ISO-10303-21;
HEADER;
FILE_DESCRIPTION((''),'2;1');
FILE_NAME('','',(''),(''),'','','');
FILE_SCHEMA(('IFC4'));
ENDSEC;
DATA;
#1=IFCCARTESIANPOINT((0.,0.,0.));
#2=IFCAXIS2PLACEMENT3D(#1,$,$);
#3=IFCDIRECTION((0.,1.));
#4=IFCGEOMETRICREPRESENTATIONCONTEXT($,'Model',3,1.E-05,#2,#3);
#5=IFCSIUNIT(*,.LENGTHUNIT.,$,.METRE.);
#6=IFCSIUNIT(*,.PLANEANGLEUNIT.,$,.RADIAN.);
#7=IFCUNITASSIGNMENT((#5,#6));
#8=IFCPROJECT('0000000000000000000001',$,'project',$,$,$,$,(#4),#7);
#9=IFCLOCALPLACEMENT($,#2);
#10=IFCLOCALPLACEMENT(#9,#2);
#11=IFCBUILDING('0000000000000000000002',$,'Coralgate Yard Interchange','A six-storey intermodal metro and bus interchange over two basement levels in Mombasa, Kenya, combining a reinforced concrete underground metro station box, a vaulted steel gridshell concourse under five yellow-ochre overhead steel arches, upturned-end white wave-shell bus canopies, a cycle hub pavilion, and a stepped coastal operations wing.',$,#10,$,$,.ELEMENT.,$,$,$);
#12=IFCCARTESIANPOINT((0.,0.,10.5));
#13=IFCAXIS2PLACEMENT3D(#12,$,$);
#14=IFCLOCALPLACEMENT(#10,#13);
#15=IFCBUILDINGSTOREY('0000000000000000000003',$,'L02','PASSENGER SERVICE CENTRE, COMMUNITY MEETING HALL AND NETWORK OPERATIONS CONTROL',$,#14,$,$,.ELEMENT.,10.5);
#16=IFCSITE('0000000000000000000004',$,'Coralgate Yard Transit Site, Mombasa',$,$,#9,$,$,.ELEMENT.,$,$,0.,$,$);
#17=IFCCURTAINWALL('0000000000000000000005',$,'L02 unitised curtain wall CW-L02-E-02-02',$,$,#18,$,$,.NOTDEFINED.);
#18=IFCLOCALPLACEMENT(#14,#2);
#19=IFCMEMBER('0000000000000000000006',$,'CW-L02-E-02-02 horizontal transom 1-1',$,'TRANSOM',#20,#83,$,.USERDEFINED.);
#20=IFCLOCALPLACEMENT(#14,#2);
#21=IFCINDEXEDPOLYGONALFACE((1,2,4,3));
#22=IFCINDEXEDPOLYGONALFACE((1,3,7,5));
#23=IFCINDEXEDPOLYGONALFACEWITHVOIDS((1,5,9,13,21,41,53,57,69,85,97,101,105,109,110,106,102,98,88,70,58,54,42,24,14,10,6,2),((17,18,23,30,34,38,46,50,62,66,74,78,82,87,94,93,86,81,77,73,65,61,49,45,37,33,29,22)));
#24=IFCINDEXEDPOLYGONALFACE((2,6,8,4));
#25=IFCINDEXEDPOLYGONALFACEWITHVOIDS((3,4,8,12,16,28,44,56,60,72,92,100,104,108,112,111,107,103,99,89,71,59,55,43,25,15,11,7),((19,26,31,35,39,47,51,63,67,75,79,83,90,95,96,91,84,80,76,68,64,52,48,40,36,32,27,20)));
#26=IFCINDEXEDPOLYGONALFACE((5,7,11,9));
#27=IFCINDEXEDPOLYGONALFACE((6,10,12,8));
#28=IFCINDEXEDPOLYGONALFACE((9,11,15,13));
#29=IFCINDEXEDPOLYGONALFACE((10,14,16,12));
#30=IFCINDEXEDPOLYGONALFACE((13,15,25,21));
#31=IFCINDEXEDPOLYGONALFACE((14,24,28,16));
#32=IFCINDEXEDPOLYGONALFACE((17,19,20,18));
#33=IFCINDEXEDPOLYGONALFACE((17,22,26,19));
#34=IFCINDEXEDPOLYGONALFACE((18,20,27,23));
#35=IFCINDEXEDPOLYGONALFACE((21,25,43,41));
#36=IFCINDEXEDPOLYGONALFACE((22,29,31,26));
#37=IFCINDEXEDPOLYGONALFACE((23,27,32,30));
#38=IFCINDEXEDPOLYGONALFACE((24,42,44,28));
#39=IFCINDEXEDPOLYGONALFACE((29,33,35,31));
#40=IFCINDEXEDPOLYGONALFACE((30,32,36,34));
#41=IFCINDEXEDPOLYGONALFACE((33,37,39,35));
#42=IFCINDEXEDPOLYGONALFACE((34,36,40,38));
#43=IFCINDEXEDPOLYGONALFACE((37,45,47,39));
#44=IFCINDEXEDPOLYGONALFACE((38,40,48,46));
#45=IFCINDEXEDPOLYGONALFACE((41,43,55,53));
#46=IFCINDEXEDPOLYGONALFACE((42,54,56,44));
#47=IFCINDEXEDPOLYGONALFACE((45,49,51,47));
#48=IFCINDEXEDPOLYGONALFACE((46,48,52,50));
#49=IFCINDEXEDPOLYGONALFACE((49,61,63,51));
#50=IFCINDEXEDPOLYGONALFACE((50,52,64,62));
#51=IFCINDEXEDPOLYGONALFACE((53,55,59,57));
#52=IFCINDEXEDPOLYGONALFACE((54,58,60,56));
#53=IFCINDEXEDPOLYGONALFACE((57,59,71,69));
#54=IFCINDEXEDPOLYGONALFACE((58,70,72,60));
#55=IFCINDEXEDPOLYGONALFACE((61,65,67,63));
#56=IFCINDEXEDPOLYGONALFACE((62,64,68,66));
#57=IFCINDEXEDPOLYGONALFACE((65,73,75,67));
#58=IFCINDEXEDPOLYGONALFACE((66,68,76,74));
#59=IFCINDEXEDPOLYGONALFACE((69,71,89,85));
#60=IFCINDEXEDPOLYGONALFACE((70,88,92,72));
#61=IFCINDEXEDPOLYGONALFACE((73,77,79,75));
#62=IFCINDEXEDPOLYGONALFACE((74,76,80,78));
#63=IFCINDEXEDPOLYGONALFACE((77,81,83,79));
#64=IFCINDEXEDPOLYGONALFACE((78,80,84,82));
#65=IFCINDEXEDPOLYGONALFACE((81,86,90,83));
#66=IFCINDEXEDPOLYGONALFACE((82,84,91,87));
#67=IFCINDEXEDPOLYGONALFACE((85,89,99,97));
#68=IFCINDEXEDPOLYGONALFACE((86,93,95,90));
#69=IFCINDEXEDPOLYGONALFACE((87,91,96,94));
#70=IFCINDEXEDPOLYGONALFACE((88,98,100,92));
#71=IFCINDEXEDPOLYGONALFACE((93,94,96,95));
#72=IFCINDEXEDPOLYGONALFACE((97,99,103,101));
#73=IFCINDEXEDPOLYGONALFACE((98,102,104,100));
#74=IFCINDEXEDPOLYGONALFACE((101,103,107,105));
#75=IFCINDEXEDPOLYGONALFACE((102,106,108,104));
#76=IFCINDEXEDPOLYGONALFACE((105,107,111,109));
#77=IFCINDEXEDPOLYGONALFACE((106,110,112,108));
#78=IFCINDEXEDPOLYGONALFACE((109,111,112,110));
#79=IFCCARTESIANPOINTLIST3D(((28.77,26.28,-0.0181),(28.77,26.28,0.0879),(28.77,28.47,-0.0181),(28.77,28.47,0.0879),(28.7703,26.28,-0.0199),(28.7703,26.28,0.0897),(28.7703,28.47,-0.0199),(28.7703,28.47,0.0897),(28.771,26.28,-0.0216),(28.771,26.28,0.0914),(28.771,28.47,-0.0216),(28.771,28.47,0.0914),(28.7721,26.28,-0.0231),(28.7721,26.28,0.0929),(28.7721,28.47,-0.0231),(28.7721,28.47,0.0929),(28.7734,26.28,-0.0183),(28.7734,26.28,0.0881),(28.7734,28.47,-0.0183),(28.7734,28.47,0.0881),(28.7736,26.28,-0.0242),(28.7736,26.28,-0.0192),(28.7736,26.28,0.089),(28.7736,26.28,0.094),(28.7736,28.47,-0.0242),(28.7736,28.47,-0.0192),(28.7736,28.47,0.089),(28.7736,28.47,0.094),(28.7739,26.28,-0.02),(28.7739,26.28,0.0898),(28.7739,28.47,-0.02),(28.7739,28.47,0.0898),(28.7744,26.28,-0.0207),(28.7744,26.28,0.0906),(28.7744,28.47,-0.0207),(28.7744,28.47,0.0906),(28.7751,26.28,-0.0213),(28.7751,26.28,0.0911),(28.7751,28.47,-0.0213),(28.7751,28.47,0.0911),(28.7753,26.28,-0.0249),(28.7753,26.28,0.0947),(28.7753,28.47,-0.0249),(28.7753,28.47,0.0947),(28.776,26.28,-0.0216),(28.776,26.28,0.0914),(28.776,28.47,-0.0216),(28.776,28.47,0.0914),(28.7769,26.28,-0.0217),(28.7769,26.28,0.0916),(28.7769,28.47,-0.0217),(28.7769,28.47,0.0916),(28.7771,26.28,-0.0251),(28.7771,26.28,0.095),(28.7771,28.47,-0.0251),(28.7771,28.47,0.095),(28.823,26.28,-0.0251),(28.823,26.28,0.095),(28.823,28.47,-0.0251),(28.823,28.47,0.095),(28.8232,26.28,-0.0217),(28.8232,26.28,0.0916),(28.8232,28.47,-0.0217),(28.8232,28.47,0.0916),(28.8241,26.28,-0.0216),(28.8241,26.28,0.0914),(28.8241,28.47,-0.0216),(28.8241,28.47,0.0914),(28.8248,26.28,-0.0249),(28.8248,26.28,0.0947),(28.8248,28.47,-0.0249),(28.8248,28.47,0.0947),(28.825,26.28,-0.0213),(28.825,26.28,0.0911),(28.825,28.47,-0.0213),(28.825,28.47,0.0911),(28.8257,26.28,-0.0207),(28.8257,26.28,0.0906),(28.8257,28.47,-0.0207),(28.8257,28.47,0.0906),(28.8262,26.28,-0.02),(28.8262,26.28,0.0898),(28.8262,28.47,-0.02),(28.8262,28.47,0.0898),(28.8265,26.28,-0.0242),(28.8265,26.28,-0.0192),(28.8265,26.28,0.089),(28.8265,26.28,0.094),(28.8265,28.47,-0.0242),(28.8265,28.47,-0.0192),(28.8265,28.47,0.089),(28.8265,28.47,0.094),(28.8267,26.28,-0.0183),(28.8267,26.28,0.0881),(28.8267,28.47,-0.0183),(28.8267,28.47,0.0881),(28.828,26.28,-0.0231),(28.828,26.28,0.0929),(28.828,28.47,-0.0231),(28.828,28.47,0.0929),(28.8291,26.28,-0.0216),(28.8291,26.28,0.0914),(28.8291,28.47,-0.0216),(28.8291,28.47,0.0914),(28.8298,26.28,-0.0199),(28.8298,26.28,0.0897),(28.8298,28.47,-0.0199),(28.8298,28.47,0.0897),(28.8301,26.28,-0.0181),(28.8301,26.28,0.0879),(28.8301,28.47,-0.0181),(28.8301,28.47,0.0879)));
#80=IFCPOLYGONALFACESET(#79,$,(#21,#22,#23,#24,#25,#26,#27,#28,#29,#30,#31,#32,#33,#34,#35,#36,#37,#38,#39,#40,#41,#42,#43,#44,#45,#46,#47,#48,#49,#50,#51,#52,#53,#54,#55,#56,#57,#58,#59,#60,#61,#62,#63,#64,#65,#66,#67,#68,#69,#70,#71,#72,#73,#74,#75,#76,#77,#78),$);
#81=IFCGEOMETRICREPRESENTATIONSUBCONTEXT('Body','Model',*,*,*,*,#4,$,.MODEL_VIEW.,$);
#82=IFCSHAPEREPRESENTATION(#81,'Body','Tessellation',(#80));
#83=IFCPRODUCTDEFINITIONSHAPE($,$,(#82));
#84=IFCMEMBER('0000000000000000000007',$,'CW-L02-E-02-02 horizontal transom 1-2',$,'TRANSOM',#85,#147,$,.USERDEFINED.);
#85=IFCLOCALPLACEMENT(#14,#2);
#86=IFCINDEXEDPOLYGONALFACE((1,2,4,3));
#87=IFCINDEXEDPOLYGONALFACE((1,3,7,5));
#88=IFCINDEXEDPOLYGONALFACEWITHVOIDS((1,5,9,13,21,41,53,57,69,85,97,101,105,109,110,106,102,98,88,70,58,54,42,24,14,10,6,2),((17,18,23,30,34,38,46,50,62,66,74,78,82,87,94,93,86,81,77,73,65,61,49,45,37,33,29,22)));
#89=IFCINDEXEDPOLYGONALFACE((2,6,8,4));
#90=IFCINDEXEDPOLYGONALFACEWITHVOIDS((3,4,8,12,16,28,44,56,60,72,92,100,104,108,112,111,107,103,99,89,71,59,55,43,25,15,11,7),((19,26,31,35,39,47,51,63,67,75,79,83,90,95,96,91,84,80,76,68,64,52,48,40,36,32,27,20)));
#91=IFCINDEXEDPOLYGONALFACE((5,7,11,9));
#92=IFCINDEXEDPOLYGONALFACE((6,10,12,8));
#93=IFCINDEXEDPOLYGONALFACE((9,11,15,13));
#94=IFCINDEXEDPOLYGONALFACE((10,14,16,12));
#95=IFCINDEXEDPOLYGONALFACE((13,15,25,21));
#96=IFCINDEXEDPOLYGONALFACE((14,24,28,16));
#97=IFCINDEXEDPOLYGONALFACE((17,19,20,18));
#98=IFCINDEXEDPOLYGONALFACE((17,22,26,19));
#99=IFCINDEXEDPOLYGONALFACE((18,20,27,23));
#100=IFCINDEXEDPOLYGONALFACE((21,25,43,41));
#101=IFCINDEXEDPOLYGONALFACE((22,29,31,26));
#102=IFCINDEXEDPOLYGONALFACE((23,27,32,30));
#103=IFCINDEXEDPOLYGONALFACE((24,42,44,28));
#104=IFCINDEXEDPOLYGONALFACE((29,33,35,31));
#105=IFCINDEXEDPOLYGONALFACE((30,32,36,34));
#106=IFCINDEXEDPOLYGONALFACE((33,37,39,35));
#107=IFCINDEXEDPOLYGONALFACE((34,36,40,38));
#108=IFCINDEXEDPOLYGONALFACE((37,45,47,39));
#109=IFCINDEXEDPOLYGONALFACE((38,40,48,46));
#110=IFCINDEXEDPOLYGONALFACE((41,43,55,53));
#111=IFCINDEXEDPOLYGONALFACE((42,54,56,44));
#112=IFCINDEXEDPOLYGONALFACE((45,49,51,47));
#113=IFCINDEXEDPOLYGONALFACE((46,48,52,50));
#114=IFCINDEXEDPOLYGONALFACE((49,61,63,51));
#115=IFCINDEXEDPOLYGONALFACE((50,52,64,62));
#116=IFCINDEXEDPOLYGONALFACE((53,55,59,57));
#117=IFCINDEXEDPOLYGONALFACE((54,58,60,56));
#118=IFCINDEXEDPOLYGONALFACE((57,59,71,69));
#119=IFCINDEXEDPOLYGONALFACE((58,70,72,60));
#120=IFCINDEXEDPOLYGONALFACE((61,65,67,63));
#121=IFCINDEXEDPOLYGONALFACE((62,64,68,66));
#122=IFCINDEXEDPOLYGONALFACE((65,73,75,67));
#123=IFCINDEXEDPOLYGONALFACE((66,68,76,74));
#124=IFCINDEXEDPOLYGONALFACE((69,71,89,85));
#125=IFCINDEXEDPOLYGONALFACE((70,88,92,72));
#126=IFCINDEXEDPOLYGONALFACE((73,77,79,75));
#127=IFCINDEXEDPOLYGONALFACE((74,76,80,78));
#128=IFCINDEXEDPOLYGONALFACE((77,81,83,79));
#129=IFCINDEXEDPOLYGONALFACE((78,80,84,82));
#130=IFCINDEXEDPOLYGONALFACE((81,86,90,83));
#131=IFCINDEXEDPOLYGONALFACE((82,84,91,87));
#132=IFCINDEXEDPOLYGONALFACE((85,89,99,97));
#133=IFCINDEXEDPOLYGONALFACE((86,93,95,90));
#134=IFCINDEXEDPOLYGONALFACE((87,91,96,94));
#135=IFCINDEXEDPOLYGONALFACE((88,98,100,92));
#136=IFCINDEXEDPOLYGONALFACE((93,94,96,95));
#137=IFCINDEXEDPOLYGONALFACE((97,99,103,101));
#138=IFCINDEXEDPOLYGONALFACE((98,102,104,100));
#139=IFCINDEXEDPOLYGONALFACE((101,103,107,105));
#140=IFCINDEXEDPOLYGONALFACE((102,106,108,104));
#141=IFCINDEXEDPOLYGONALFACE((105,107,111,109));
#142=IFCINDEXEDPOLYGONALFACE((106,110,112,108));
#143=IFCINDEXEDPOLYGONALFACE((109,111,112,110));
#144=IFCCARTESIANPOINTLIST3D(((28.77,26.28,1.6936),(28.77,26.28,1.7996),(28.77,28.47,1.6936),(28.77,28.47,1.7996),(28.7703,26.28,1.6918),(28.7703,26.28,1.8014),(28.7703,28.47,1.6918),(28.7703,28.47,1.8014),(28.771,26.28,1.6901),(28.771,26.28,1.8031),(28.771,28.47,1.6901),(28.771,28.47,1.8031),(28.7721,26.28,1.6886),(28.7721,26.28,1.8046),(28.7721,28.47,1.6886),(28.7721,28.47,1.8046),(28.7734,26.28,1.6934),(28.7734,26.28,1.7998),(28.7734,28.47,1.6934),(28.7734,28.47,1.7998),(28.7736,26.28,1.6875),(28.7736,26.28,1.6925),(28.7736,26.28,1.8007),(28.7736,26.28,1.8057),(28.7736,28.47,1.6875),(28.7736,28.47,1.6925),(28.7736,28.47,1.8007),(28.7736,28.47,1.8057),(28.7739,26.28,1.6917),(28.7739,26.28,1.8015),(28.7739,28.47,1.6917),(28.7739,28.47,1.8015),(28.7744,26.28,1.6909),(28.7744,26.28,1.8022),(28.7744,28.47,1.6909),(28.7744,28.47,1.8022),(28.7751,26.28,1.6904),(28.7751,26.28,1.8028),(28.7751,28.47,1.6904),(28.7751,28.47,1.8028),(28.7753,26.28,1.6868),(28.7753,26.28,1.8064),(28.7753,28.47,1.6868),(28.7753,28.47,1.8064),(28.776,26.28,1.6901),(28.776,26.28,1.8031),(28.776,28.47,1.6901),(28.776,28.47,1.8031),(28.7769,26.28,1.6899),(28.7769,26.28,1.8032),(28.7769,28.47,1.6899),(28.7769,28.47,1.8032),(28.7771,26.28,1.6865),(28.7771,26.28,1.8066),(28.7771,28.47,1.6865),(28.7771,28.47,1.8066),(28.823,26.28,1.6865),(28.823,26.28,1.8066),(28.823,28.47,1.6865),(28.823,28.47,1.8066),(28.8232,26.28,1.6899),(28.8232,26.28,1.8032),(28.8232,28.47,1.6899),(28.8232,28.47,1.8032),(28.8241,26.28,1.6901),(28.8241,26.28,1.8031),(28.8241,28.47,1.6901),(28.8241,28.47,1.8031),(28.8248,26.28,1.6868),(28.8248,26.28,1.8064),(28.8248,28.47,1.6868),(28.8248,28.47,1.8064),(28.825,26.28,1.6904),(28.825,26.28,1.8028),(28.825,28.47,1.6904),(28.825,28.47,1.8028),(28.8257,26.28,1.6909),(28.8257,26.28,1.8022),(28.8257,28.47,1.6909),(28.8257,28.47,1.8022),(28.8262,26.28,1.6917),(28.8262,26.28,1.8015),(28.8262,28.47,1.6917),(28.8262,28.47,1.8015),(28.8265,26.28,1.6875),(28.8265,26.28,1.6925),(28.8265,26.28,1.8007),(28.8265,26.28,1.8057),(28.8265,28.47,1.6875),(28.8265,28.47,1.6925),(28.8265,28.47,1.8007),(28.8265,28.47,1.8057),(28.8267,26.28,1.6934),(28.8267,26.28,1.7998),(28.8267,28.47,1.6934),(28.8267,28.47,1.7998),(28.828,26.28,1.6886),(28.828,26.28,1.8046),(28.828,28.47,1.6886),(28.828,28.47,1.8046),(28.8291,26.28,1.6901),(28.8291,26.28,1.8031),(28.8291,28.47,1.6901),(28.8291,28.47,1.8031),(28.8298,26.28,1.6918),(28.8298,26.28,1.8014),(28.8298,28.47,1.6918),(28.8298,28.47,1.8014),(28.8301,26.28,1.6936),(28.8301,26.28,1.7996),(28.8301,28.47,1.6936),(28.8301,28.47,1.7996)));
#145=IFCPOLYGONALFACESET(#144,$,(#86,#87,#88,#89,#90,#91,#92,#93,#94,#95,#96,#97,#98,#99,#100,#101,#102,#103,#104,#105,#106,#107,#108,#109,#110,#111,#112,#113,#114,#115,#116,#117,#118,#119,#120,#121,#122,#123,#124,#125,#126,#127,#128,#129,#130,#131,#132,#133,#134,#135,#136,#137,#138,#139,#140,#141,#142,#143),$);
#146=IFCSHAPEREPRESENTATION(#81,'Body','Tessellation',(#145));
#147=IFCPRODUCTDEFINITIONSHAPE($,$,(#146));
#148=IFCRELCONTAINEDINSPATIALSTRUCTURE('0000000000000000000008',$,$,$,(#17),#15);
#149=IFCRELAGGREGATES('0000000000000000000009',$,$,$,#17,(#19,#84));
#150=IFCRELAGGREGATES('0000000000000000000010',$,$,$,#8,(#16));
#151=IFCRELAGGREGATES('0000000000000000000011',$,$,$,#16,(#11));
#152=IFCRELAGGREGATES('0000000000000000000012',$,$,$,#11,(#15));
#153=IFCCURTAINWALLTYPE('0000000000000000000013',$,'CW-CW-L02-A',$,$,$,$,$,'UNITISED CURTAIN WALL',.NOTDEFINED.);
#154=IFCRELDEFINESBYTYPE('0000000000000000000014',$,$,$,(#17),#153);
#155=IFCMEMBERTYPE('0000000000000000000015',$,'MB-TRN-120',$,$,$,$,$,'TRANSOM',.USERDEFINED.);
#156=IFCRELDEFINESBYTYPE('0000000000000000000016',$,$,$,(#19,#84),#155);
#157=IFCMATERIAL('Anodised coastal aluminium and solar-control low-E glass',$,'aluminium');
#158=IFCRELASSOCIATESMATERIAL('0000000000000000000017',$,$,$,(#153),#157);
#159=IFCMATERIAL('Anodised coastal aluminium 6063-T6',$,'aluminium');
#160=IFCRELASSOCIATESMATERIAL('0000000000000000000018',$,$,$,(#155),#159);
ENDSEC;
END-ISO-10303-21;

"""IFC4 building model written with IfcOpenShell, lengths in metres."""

from ifc_helpers import new_model, si_unit, direction, frame, origin, origin_2d, place, context, subcontext, project, spatial, hollow_rectangle, extrude, material, material_profile, profile_set, type_object, element, aggregate, save


model = new_model("IFC4")

# Units and contexts
model_context = context("Model", 3, precision=1e-05, world=origin(), true_north=direction((0.0, 1.0)))
body_context = subcontext(model_context, "Body", "Model", "MODEL_VIEW")
ifc_project = project(units=[si_unit("LENGTHUNIT", "METRE"), si_unit("PLANEANGLEUNIT", "RADIAN")], contexts=[model_context])

# Site, building, storey
site_placement = place(None, origin())
site = spatial("IfcSite", under=ifc_project, at=site_placement, Name="Coralgate Yard Transit Site, Mombasa", CompositionType="ELEMENT", RefElevation=0.0)
building_placement = place(site_placement, origin())
building = spatial("IfcBuilding", under=site, at=building_placement, Name="Coralgate Yard Interchange", Description="A six-storey intermodal metro and bus interchange over two basement levels in Mombasa, Kenya, combining a reinforced concrete underground metro station box, a vaulted steel gridshell concourse under five yellow-ochre overhead steel arches, upturned-end white wave-shell bus canopies, a cycle hub pavilion, and a stepped coastal operations wing.", CompositionType="ELEMENT")
storey_placement = place(building_placement, frame((0.0, 0.0, 10.5)))
storey = spatial("IfcBuildingStorey", under=building, at=storey_placement, Name="L02", Description="PASSENGER SERVICE CENTRE, COMMUNITY MEETING HALL AND NETWORK OPERATIONS CONTROL", CompositionType="ELEMENT", Elevation=10.5)

# Curtain wall
ifc_material_1 = material(Name="Anodised coastal aluminium and solar-control low-E glass", Category="aluminium")
curtain_wall_type = type_object("IfcCurtainWallType", Name="CW-CW-L02-A", ElementType="UNITISED CURTAIN WALL", PredefinedType="NOTDEFINED", material=ifc_material_1)
curtain_wall_1_placement = place(storey_placement, origin())
curtain_wall_1 = element("IfcCurtainWall", 1, at=curtain_wall_1_placement, inside=storey, type_object=curtain_wall_type, Name="L02 unitised curtain wall CW-L02-E-02-02", PredefinedType="NOTDEFINED")
ifc_material_2 = material(Name="Anodised coastal aluminium 6063-T6", Category="aluminium")

# Members
ifc_material_profile_1 = material_profile(ifc_material_2, hollow_rectangle(XDim=0.0601, YDim=0.1201, WallThickness=0.0034, InnerFilletRadius=0.0034, OuterFilletRadius=0.0071, at=origin_2d()), Name="ALU 60x120x3.5")
ifc_profile_set_1 = profile_set([ifc_material_profile_1], Name="Anodised coastal aluminium 6063-T6")
member_type_1 = type_object("IfcMemberType", Name="MB-TRN-120", ElementType="TRANSOM", PredefinedType="USERDEFINED", material=ifc_profile_set_1)
member_1_placement = place(storey_placement, frame((28.8, 28.47, 0.0349), z_axis=(0.0, -1.0, 0.0), x_axis=(1.0, 0.0, 0.0)))
member_1 = element("IfcMember", 2, at=member_1_placement, type_object=member_type_1, Name="CW-L02-E-02-02 horizontal transom 1-1", ObjectType="TRANSOM", PredefinedType="USERDEFINED", context=body_context, shape_type="SweptSolid", body=[
    extrude(hollow_rectangle(XDim=0.0601, YDim=0.1201, WallThickness=0.0034, InnerFilletRadius=0.0034, OuterFilletRadius=0.0071, at=origin_2d()), origin(), (0.0, 0.0, 1.0), 2.1899),
])
member_2_placement = place(storey_placement, frame((28.8, 28.47, 1.7466), z_axis=(0.0, -1.0, 0.0), x_axis=(1.0, 0.0, 0.0)))
member_2 = element("IfcMember", 3, at=member_2_placement, type_object=member_type_1, Name="CW-L02-E-02-02 horizontal transom 1-2", ObjectType="TRANSOM", PredefinedType="USERDEFINED", context=body_context, shape_type="SweptSolid", body=[
    extrude(hollow_rectangle(XDim=0.0601, YDim=0.1201, WallThickness=0.0034, InnerFilletRadius=0.0034, OuterFilletRadius=0.0071, at=origin_2d()), origin(), (0.0, 0.0, 1.0), 2.1899),
])

aggregate(curtain_wall_1, [member_1, member_2])

save(model, "model.ifc")
